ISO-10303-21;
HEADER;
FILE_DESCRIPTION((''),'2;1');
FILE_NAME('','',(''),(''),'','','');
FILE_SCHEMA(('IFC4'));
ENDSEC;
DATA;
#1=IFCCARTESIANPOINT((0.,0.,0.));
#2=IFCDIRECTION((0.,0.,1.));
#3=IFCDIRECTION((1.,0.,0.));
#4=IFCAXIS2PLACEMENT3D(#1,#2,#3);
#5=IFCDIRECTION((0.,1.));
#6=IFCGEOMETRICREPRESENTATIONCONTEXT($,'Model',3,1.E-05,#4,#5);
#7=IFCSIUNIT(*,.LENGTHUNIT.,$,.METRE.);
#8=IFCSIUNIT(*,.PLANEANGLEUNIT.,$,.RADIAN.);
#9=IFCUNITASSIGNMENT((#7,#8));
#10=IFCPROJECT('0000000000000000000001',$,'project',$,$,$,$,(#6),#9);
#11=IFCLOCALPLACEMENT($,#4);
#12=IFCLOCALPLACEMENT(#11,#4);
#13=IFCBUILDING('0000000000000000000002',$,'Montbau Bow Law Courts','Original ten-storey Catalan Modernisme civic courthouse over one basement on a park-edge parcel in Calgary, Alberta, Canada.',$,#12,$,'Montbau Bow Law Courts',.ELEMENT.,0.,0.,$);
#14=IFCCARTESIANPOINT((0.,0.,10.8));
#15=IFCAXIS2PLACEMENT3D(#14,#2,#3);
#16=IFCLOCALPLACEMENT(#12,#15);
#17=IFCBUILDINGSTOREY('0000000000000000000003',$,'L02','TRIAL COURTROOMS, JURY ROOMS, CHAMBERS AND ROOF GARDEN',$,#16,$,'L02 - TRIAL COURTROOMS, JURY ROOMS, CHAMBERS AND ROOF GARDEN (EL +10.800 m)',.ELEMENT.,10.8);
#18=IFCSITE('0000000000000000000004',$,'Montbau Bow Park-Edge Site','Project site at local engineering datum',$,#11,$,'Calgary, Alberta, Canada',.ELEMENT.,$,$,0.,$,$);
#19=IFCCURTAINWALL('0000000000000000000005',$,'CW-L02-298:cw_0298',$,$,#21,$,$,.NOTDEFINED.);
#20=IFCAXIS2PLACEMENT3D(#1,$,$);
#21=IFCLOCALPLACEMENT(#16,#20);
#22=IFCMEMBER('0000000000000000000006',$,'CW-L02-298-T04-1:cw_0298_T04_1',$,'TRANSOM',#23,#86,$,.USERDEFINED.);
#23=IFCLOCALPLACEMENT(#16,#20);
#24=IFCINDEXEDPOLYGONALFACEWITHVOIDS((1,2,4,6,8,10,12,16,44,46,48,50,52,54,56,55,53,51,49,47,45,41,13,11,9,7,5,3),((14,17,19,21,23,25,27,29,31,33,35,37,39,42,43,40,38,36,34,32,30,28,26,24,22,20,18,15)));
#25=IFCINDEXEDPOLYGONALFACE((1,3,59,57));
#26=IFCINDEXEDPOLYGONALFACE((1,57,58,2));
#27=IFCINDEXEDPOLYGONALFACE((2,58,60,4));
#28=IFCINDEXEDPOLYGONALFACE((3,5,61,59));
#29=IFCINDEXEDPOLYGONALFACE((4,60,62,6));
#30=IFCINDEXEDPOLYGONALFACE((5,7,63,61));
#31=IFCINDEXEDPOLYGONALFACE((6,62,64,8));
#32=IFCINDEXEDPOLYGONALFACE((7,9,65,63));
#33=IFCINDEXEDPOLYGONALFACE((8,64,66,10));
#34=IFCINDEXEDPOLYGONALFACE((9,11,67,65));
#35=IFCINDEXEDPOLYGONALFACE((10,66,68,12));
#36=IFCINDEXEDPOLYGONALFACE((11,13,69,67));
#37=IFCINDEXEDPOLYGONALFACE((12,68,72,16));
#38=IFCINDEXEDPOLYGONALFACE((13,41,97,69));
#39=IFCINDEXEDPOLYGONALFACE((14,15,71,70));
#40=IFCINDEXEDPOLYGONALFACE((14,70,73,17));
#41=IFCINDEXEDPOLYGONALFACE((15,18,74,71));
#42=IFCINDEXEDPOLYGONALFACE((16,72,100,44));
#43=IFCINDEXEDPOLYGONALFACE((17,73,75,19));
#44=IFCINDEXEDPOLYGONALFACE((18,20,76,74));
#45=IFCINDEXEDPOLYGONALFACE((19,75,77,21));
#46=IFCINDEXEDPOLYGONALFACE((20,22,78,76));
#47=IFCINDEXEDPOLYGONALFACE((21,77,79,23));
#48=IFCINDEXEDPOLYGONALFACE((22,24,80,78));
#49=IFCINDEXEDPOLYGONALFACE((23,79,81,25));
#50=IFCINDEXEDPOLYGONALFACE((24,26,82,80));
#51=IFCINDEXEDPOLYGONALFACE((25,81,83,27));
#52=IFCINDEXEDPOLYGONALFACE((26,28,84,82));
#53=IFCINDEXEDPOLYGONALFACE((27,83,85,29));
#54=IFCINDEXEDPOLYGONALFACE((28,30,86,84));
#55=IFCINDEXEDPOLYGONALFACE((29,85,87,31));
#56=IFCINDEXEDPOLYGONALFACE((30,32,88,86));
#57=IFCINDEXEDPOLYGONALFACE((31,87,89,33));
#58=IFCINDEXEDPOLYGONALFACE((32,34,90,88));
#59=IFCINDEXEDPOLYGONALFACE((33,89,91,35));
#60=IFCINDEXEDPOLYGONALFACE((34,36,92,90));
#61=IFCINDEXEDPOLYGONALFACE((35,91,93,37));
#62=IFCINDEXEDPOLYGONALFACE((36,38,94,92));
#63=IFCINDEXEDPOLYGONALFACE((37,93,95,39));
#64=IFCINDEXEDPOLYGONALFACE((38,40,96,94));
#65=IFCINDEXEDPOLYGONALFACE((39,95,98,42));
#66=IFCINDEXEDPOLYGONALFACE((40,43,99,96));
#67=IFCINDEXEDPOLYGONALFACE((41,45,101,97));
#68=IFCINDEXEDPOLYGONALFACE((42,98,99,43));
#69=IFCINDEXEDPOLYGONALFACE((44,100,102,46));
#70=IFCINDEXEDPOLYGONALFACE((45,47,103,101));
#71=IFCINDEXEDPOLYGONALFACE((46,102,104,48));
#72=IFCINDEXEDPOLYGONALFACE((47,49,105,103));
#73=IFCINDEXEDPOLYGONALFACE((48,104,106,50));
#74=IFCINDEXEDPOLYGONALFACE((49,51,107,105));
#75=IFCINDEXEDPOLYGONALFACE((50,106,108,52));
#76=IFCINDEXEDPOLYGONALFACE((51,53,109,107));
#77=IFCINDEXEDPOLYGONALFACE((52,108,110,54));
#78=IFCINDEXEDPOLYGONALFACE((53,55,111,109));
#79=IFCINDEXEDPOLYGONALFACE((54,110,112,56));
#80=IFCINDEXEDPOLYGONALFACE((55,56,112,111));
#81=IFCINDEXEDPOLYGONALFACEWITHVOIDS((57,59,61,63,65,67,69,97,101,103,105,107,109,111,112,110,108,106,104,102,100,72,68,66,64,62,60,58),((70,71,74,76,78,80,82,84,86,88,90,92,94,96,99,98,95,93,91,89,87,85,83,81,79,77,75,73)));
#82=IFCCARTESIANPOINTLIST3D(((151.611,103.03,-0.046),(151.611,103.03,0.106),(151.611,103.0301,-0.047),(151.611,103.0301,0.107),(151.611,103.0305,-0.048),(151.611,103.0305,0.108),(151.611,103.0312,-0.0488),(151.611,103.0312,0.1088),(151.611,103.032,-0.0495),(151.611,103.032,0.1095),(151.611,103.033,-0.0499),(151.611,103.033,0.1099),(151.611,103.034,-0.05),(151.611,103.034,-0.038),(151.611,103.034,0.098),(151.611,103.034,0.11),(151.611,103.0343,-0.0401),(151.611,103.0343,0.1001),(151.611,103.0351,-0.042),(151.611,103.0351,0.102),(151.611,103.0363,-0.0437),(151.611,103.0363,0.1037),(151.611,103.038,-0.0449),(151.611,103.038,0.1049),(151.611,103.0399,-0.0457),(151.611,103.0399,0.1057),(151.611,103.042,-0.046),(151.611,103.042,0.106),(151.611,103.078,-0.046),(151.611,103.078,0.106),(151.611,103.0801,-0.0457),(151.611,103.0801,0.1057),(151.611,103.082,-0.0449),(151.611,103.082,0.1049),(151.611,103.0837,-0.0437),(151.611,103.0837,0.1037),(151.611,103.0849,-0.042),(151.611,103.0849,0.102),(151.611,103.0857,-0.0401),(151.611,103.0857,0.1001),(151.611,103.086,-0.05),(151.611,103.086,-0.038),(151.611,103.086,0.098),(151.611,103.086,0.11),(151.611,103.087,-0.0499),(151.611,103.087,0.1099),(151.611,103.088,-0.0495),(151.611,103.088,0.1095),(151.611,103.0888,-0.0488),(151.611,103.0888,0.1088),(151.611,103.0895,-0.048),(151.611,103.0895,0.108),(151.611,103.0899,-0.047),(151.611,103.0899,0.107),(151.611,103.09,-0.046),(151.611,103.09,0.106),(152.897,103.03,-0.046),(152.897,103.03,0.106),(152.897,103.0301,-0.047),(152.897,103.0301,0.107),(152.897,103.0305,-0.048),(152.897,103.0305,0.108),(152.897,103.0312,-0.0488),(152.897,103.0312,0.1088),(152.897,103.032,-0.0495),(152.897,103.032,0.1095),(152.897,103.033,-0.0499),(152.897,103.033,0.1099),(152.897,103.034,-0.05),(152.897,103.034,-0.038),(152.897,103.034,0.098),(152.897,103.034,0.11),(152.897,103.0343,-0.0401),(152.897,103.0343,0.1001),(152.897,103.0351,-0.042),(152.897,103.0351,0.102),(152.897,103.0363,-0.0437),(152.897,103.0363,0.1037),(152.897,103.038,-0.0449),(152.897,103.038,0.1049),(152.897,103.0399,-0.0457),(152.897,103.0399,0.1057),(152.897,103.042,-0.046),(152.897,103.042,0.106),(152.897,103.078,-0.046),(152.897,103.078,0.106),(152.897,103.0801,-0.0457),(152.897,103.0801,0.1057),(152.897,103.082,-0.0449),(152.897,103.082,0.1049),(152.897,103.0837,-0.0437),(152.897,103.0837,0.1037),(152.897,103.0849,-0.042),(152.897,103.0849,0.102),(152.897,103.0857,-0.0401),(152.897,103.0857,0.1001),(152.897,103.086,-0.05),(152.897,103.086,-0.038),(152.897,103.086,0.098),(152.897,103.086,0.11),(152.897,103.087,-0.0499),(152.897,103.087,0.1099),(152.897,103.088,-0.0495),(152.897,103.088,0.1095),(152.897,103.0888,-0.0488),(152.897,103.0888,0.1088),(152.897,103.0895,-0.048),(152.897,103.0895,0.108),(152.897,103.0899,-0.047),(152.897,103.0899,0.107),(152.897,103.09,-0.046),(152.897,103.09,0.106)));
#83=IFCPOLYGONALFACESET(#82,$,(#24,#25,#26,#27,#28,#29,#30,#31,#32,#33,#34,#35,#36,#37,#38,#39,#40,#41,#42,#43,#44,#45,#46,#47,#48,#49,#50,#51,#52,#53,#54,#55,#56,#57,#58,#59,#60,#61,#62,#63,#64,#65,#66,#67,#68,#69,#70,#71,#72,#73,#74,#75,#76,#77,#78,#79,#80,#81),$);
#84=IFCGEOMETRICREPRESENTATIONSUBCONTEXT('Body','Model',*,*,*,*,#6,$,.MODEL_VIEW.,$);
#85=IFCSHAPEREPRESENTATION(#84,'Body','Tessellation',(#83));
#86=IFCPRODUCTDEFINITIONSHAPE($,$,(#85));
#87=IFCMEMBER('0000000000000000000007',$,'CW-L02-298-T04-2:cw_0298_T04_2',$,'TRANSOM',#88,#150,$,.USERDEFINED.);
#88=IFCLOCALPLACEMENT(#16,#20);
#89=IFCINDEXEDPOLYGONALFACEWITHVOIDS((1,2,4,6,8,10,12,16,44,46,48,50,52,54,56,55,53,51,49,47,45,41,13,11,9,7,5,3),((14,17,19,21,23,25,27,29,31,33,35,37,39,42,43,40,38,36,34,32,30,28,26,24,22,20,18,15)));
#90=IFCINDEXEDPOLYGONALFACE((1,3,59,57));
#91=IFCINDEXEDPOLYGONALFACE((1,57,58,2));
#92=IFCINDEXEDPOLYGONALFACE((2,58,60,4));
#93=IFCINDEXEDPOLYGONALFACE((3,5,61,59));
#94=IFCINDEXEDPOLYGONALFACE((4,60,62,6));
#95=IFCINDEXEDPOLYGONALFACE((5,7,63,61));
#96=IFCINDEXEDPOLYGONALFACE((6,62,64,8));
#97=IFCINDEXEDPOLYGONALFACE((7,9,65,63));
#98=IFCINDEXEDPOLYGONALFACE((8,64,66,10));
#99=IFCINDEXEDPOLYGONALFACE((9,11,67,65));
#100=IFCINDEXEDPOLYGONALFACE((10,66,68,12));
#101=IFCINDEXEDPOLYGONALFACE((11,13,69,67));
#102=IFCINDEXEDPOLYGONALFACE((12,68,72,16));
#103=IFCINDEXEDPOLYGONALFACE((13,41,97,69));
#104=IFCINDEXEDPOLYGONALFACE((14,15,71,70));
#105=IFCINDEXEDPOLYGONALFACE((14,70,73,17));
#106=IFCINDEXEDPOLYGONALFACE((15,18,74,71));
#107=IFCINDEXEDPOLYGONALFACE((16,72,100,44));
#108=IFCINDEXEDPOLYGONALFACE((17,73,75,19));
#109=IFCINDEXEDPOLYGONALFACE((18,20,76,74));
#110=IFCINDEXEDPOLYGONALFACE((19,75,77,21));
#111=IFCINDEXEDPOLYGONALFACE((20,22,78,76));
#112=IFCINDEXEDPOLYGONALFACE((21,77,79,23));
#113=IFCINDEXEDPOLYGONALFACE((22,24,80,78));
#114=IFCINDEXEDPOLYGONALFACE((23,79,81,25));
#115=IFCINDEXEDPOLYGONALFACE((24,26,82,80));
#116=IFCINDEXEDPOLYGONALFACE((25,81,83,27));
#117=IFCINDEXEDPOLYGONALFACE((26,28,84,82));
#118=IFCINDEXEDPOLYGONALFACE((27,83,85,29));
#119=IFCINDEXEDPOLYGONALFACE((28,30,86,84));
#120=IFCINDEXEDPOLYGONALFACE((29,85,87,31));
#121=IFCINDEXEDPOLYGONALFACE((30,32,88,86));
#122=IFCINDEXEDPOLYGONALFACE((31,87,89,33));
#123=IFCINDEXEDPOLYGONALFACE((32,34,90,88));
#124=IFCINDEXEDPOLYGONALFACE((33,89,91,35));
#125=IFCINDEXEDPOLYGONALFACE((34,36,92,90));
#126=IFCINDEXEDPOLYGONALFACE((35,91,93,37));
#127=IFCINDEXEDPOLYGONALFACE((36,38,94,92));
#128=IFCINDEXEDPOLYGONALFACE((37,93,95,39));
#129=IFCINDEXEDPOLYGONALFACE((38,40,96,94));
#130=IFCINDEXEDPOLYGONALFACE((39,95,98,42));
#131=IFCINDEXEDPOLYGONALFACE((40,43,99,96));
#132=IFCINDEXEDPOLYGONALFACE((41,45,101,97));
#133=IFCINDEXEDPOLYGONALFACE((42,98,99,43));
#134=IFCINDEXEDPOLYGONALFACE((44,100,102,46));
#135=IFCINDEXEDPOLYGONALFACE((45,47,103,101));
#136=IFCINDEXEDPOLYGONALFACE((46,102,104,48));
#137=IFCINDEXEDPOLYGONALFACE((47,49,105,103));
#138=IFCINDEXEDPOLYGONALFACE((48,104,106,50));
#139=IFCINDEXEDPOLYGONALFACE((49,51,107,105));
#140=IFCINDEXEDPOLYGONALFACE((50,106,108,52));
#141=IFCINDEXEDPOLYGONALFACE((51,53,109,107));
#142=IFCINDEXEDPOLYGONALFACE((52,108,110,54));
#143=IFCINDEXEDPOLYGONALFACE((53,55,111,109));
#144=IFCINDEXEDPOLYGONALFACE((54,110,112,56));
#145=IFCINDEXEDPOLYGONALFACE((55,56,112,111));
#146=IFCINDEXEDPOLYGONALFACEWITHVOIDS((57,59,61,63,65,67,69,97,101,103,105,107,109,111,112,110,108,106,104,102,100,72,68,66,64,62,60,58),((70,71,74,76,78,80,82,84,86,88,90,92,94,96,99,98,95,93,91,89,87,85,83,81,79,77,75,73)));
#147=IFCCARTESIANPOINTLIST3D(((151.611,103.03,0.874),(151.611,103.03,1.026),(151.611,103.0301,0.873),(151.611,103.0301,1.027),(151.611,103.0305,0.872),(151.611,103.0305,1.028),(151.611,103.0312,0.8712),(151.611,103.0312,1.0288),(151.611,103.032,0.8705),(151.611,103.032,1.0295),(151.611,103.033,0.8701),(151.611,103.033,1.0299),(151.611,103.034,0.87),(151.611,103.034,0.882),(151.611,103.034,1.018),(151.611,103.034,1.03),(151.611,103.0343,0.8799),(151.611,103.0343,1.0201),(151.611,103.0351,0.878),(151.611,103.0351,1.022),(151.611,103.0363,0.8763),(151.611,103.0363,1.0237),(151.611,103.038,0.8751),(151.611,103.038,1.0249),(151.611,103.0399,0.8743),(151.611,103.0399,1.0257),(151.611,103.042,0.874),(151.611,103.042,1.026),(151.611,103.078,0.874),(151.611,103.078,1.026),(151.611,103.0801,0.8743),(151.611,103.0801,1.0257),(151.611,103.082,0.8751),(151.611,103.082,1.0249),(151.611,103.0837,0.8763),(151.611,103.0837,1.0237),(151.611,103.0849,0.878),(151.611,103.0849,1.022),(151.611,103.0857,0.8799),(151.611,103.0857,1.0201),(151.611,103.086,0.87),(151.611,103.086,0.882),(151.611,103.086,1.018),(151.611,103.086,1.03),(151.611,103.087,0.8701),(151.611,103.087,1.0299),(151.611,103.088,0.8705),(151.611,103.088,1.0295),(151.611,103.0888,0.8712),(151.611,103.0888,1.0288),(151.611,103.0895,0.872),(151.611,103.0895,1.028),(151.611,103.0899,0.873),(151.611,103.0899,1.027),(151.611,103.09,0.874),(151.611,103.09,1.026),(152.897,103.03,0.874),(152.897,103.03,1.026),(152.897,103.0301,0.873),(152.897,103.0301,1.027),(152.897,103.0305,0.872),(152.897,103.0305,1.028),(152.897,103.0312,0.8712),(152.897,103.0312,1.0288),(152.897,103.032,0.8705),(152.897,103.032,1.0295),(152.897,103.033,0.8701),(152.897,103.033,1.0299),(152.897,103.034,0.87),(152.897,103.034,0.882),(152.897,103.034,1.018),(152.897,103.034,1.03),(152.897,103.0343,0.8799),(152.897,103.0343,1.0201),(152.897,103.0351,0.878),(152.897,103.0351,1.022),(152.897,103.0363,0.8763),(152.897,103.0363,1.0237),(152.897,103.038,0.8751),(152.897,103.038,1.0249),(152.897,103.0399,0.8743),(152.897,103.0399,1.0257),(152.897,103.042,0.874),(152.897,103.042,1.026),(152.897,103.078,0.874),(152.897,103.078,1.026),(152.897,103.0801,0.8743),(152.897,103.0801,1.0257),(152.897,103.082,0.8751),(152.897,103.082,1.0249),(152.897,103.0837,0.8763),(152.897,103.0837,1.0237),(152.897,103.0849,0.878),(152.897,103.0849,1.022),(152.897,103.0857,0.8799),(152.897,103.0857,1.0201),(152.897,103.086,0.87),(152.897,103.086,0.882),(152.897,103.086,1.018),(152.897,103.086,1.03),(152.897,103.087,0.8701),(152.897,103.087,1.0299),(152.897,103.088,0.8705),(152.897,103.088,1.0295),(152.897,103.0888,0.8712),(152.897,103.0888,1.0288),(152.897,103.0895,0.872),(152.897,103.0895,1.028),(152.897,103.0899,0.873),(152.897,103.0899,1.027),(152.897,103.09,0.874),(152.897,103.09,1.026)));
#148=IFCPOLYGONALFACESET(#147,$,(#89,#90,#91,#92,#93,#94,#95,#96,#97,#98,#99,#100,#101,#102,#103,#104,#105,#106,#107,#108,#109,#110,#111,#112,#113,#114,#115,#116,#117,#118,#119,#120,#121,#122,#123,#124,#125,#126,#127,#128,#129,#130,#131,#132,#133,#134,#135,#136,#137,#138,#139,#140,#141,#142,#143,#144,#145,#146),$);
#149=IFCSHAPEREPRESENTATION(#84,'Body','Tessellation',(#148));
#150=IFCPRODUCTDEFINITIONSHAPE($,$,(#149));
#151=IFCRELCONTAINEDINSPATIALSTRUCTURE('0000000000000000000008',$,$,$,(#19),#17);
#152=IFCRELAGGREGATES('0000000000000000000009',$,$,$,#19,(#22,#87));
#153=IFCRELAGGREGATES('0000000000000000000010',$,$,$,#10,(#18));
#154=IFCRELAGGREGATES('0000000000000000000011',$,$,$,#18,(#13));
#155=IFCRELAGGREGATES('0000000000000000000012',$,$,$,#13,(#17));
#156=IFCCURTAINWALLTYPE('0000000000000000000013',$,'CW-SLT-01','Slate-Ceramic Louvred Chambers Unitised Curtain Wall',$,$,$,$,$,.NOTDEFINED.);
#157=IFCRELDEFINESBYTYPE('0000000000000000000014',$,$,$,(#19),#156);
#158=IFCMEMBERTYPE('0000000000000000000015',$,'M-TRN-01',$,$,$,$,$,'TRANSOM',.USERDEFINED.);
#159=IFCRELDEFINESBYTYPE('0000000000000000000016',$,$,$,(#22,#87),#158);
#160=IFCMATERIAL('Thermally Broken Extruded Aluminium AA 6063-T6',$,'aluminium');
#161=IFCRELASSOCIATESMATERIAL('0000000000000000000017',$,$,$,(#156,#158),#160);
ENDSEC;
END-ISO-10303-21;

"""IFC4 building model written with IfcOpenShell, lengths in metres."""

from ifc_helpers import new_model, si_unit, direction, frame, origin_with_axes, origin_2d_with_axis, place, context, subcontext, project, spatial, hollow_rectangle, extrude, material, material_profile, profile_set, type_object, element, aggregate, save


model = new_model("IFC4")

# Units and contexts
model_context = context("Model", 3, precision=1e-05, world=origin_with_axes(), true_north=direction((0.0, 1.0)))
body_context = subcontext(model_context, "Body", "Model", "MODEL_VIEW")
ifc_project = project(units=[si_unit("LENGTHUNIT", "METRE"), si_unit("PLANEANGLEUNIT", "RADIAN")], contexts=[model_context])

# Site, building, storey
site_placement = place(None, origin_with_axes())
site = spatial("IfcSite", under=ifc_project, at=site_placement, Name="Montbau Bow Park-Edge Site", Description="Project site at local engineering datum", LongName="Calgary, Alberta, Canada", CompositionType="ELEMENT", RefElevation=0.0)
building_placement = place(site_placement, origin_with_axes())
building = spatial("IfcBuilding", under=site, at=building_placement, Name="Montbau Bow Law Courts", Description="Original ten-storey Catalan Modernisme civic courthouse over one basement on a park-edge parcel in Calgary, Alberta, Canada.", LongName="Montbau Bow Law Courts", CompositionType="ELEMENT", ElevationOfRefHeight=0.0, ElevationOfTerrain=0.0)
storey_placement = place(building_placement, frame((0.0, 0.0, 10.8), z_axis=(0.0, 0.0, 1.0), x_axis=(1.0, 0.0, 0.0)))
storey = spatial("IfcBuildingStorey", under=building, at=storey_placement, Name="L02", Description="TRIAL COURTROOMS, JURY ROOMS, CHAMBERS AND ROOF GARDEN", LongName="L02 - TRIAL COURTROOMS, JURY ROOMS, CHAMBERS AND ROOF GARDEN (EL +10.800 m)", CompositionType="ELEMENT", Elevation=10.8)

# Curtain wall, members
ifc_material_1 = material(Name="Thermally Broken Extruded Aluminium AA 6063-T6", Category="aluminium")
curtain_wall_type = type_object("IfcCurtainWallType", Name="CW-SLT-01", Description="Slate-Ceramic Louvred Chambers Unitised Curtain Wall", PredefinedType="NOTDEFINED", material=ifc_material_1)
curtain_wall_placement = place(None, frame((147.515, 103.06, 10.8), z_axis=(0.0, 0.0, 1.0), x_axis=(1.0, 0.0, 0.0)))
curtain_wall = element("IfcCurtainWall", 1, at=curtain_wall_placement, inside=storey, type_object=curtain_wall_type, Name="CW-L02-298:cw_0298", PredefinedType="NOTDEFINED")
ifc_material_profile_1 = material_profile(ifc_material_1, hollow_rectangle(XDim=0.06, YDim=0.16, WallThickness=0.004, InnerFilletRadius=0.008, OuterFilletRadius=0.004, at=origin_2d_with_axis()), Name="CWT-160X60", Category="Main", Priority=0)
ifc_profile_set_1 = profile_set([ifc_material_profile_1], Name="Thermally Broken Extruded Aluminium AA 6063-T6")
member_type_1 = type_object("IfcMemberType", Name="M-TRN-01", ElementType="TRANSOM", PredefinedType="USERDEFINED", material=ifc_profile_set_1)
member_1_placement = place(None, frame((151.611, 103.06, 10.83), z_axis=(1.0, 0.0, 0.0), x_axis=(0.0, 1.0, 0.0)))
member_1 = element("IfcMember", 2, at=member_1_placement, type_object=member_type_1, Name="CW-L02-298-T04-1:cw_0298_T04_1", ObjectType="TRANSOM", PredefinedType="USERDEFINED", context=body_context, shape_type="SweptSolid", body=[
    extrude(hollow_rectangle(XDim=0.06, YDim=0.16, WallThickness=0.004, InnerFilletRadius=0.008, OuterFilletRadius=0.004, at=origin_2d_with_axis()), origin_with_axes(), (0.0, 0.0, 1.0), 1.286),
])
member_2_placement = place(None, frame((151.611, 103.06, 11.75), z_axis=(1.0, 0.0, 0.0), x_axis=(0.0, 1.0, 0.0)))
member_2 = element("IfcMember", 3, at=member_2_placement, type_object=member_type_1, Name="CW-L02-298-T04-2:cw_0298_T04_2", ObjectType="TRANSOM", PredefinedType="USERDEFINED", context=body_context, shape_type="SweptSolid", body=[
    extrude(hollow_rectangle(XDim=0.06, YDim=0.16, WallThickness=0.004, InnerFilletRadius=0.008, OuterFilletRadius=0.004, at=origin_2d_with_axis()), origin_with_axes(), (0.0, 0.0, 1.0), 1.286),
])
aggregate(curtain_wall, [member_1, member_2])

save(model, "model.ifc")
